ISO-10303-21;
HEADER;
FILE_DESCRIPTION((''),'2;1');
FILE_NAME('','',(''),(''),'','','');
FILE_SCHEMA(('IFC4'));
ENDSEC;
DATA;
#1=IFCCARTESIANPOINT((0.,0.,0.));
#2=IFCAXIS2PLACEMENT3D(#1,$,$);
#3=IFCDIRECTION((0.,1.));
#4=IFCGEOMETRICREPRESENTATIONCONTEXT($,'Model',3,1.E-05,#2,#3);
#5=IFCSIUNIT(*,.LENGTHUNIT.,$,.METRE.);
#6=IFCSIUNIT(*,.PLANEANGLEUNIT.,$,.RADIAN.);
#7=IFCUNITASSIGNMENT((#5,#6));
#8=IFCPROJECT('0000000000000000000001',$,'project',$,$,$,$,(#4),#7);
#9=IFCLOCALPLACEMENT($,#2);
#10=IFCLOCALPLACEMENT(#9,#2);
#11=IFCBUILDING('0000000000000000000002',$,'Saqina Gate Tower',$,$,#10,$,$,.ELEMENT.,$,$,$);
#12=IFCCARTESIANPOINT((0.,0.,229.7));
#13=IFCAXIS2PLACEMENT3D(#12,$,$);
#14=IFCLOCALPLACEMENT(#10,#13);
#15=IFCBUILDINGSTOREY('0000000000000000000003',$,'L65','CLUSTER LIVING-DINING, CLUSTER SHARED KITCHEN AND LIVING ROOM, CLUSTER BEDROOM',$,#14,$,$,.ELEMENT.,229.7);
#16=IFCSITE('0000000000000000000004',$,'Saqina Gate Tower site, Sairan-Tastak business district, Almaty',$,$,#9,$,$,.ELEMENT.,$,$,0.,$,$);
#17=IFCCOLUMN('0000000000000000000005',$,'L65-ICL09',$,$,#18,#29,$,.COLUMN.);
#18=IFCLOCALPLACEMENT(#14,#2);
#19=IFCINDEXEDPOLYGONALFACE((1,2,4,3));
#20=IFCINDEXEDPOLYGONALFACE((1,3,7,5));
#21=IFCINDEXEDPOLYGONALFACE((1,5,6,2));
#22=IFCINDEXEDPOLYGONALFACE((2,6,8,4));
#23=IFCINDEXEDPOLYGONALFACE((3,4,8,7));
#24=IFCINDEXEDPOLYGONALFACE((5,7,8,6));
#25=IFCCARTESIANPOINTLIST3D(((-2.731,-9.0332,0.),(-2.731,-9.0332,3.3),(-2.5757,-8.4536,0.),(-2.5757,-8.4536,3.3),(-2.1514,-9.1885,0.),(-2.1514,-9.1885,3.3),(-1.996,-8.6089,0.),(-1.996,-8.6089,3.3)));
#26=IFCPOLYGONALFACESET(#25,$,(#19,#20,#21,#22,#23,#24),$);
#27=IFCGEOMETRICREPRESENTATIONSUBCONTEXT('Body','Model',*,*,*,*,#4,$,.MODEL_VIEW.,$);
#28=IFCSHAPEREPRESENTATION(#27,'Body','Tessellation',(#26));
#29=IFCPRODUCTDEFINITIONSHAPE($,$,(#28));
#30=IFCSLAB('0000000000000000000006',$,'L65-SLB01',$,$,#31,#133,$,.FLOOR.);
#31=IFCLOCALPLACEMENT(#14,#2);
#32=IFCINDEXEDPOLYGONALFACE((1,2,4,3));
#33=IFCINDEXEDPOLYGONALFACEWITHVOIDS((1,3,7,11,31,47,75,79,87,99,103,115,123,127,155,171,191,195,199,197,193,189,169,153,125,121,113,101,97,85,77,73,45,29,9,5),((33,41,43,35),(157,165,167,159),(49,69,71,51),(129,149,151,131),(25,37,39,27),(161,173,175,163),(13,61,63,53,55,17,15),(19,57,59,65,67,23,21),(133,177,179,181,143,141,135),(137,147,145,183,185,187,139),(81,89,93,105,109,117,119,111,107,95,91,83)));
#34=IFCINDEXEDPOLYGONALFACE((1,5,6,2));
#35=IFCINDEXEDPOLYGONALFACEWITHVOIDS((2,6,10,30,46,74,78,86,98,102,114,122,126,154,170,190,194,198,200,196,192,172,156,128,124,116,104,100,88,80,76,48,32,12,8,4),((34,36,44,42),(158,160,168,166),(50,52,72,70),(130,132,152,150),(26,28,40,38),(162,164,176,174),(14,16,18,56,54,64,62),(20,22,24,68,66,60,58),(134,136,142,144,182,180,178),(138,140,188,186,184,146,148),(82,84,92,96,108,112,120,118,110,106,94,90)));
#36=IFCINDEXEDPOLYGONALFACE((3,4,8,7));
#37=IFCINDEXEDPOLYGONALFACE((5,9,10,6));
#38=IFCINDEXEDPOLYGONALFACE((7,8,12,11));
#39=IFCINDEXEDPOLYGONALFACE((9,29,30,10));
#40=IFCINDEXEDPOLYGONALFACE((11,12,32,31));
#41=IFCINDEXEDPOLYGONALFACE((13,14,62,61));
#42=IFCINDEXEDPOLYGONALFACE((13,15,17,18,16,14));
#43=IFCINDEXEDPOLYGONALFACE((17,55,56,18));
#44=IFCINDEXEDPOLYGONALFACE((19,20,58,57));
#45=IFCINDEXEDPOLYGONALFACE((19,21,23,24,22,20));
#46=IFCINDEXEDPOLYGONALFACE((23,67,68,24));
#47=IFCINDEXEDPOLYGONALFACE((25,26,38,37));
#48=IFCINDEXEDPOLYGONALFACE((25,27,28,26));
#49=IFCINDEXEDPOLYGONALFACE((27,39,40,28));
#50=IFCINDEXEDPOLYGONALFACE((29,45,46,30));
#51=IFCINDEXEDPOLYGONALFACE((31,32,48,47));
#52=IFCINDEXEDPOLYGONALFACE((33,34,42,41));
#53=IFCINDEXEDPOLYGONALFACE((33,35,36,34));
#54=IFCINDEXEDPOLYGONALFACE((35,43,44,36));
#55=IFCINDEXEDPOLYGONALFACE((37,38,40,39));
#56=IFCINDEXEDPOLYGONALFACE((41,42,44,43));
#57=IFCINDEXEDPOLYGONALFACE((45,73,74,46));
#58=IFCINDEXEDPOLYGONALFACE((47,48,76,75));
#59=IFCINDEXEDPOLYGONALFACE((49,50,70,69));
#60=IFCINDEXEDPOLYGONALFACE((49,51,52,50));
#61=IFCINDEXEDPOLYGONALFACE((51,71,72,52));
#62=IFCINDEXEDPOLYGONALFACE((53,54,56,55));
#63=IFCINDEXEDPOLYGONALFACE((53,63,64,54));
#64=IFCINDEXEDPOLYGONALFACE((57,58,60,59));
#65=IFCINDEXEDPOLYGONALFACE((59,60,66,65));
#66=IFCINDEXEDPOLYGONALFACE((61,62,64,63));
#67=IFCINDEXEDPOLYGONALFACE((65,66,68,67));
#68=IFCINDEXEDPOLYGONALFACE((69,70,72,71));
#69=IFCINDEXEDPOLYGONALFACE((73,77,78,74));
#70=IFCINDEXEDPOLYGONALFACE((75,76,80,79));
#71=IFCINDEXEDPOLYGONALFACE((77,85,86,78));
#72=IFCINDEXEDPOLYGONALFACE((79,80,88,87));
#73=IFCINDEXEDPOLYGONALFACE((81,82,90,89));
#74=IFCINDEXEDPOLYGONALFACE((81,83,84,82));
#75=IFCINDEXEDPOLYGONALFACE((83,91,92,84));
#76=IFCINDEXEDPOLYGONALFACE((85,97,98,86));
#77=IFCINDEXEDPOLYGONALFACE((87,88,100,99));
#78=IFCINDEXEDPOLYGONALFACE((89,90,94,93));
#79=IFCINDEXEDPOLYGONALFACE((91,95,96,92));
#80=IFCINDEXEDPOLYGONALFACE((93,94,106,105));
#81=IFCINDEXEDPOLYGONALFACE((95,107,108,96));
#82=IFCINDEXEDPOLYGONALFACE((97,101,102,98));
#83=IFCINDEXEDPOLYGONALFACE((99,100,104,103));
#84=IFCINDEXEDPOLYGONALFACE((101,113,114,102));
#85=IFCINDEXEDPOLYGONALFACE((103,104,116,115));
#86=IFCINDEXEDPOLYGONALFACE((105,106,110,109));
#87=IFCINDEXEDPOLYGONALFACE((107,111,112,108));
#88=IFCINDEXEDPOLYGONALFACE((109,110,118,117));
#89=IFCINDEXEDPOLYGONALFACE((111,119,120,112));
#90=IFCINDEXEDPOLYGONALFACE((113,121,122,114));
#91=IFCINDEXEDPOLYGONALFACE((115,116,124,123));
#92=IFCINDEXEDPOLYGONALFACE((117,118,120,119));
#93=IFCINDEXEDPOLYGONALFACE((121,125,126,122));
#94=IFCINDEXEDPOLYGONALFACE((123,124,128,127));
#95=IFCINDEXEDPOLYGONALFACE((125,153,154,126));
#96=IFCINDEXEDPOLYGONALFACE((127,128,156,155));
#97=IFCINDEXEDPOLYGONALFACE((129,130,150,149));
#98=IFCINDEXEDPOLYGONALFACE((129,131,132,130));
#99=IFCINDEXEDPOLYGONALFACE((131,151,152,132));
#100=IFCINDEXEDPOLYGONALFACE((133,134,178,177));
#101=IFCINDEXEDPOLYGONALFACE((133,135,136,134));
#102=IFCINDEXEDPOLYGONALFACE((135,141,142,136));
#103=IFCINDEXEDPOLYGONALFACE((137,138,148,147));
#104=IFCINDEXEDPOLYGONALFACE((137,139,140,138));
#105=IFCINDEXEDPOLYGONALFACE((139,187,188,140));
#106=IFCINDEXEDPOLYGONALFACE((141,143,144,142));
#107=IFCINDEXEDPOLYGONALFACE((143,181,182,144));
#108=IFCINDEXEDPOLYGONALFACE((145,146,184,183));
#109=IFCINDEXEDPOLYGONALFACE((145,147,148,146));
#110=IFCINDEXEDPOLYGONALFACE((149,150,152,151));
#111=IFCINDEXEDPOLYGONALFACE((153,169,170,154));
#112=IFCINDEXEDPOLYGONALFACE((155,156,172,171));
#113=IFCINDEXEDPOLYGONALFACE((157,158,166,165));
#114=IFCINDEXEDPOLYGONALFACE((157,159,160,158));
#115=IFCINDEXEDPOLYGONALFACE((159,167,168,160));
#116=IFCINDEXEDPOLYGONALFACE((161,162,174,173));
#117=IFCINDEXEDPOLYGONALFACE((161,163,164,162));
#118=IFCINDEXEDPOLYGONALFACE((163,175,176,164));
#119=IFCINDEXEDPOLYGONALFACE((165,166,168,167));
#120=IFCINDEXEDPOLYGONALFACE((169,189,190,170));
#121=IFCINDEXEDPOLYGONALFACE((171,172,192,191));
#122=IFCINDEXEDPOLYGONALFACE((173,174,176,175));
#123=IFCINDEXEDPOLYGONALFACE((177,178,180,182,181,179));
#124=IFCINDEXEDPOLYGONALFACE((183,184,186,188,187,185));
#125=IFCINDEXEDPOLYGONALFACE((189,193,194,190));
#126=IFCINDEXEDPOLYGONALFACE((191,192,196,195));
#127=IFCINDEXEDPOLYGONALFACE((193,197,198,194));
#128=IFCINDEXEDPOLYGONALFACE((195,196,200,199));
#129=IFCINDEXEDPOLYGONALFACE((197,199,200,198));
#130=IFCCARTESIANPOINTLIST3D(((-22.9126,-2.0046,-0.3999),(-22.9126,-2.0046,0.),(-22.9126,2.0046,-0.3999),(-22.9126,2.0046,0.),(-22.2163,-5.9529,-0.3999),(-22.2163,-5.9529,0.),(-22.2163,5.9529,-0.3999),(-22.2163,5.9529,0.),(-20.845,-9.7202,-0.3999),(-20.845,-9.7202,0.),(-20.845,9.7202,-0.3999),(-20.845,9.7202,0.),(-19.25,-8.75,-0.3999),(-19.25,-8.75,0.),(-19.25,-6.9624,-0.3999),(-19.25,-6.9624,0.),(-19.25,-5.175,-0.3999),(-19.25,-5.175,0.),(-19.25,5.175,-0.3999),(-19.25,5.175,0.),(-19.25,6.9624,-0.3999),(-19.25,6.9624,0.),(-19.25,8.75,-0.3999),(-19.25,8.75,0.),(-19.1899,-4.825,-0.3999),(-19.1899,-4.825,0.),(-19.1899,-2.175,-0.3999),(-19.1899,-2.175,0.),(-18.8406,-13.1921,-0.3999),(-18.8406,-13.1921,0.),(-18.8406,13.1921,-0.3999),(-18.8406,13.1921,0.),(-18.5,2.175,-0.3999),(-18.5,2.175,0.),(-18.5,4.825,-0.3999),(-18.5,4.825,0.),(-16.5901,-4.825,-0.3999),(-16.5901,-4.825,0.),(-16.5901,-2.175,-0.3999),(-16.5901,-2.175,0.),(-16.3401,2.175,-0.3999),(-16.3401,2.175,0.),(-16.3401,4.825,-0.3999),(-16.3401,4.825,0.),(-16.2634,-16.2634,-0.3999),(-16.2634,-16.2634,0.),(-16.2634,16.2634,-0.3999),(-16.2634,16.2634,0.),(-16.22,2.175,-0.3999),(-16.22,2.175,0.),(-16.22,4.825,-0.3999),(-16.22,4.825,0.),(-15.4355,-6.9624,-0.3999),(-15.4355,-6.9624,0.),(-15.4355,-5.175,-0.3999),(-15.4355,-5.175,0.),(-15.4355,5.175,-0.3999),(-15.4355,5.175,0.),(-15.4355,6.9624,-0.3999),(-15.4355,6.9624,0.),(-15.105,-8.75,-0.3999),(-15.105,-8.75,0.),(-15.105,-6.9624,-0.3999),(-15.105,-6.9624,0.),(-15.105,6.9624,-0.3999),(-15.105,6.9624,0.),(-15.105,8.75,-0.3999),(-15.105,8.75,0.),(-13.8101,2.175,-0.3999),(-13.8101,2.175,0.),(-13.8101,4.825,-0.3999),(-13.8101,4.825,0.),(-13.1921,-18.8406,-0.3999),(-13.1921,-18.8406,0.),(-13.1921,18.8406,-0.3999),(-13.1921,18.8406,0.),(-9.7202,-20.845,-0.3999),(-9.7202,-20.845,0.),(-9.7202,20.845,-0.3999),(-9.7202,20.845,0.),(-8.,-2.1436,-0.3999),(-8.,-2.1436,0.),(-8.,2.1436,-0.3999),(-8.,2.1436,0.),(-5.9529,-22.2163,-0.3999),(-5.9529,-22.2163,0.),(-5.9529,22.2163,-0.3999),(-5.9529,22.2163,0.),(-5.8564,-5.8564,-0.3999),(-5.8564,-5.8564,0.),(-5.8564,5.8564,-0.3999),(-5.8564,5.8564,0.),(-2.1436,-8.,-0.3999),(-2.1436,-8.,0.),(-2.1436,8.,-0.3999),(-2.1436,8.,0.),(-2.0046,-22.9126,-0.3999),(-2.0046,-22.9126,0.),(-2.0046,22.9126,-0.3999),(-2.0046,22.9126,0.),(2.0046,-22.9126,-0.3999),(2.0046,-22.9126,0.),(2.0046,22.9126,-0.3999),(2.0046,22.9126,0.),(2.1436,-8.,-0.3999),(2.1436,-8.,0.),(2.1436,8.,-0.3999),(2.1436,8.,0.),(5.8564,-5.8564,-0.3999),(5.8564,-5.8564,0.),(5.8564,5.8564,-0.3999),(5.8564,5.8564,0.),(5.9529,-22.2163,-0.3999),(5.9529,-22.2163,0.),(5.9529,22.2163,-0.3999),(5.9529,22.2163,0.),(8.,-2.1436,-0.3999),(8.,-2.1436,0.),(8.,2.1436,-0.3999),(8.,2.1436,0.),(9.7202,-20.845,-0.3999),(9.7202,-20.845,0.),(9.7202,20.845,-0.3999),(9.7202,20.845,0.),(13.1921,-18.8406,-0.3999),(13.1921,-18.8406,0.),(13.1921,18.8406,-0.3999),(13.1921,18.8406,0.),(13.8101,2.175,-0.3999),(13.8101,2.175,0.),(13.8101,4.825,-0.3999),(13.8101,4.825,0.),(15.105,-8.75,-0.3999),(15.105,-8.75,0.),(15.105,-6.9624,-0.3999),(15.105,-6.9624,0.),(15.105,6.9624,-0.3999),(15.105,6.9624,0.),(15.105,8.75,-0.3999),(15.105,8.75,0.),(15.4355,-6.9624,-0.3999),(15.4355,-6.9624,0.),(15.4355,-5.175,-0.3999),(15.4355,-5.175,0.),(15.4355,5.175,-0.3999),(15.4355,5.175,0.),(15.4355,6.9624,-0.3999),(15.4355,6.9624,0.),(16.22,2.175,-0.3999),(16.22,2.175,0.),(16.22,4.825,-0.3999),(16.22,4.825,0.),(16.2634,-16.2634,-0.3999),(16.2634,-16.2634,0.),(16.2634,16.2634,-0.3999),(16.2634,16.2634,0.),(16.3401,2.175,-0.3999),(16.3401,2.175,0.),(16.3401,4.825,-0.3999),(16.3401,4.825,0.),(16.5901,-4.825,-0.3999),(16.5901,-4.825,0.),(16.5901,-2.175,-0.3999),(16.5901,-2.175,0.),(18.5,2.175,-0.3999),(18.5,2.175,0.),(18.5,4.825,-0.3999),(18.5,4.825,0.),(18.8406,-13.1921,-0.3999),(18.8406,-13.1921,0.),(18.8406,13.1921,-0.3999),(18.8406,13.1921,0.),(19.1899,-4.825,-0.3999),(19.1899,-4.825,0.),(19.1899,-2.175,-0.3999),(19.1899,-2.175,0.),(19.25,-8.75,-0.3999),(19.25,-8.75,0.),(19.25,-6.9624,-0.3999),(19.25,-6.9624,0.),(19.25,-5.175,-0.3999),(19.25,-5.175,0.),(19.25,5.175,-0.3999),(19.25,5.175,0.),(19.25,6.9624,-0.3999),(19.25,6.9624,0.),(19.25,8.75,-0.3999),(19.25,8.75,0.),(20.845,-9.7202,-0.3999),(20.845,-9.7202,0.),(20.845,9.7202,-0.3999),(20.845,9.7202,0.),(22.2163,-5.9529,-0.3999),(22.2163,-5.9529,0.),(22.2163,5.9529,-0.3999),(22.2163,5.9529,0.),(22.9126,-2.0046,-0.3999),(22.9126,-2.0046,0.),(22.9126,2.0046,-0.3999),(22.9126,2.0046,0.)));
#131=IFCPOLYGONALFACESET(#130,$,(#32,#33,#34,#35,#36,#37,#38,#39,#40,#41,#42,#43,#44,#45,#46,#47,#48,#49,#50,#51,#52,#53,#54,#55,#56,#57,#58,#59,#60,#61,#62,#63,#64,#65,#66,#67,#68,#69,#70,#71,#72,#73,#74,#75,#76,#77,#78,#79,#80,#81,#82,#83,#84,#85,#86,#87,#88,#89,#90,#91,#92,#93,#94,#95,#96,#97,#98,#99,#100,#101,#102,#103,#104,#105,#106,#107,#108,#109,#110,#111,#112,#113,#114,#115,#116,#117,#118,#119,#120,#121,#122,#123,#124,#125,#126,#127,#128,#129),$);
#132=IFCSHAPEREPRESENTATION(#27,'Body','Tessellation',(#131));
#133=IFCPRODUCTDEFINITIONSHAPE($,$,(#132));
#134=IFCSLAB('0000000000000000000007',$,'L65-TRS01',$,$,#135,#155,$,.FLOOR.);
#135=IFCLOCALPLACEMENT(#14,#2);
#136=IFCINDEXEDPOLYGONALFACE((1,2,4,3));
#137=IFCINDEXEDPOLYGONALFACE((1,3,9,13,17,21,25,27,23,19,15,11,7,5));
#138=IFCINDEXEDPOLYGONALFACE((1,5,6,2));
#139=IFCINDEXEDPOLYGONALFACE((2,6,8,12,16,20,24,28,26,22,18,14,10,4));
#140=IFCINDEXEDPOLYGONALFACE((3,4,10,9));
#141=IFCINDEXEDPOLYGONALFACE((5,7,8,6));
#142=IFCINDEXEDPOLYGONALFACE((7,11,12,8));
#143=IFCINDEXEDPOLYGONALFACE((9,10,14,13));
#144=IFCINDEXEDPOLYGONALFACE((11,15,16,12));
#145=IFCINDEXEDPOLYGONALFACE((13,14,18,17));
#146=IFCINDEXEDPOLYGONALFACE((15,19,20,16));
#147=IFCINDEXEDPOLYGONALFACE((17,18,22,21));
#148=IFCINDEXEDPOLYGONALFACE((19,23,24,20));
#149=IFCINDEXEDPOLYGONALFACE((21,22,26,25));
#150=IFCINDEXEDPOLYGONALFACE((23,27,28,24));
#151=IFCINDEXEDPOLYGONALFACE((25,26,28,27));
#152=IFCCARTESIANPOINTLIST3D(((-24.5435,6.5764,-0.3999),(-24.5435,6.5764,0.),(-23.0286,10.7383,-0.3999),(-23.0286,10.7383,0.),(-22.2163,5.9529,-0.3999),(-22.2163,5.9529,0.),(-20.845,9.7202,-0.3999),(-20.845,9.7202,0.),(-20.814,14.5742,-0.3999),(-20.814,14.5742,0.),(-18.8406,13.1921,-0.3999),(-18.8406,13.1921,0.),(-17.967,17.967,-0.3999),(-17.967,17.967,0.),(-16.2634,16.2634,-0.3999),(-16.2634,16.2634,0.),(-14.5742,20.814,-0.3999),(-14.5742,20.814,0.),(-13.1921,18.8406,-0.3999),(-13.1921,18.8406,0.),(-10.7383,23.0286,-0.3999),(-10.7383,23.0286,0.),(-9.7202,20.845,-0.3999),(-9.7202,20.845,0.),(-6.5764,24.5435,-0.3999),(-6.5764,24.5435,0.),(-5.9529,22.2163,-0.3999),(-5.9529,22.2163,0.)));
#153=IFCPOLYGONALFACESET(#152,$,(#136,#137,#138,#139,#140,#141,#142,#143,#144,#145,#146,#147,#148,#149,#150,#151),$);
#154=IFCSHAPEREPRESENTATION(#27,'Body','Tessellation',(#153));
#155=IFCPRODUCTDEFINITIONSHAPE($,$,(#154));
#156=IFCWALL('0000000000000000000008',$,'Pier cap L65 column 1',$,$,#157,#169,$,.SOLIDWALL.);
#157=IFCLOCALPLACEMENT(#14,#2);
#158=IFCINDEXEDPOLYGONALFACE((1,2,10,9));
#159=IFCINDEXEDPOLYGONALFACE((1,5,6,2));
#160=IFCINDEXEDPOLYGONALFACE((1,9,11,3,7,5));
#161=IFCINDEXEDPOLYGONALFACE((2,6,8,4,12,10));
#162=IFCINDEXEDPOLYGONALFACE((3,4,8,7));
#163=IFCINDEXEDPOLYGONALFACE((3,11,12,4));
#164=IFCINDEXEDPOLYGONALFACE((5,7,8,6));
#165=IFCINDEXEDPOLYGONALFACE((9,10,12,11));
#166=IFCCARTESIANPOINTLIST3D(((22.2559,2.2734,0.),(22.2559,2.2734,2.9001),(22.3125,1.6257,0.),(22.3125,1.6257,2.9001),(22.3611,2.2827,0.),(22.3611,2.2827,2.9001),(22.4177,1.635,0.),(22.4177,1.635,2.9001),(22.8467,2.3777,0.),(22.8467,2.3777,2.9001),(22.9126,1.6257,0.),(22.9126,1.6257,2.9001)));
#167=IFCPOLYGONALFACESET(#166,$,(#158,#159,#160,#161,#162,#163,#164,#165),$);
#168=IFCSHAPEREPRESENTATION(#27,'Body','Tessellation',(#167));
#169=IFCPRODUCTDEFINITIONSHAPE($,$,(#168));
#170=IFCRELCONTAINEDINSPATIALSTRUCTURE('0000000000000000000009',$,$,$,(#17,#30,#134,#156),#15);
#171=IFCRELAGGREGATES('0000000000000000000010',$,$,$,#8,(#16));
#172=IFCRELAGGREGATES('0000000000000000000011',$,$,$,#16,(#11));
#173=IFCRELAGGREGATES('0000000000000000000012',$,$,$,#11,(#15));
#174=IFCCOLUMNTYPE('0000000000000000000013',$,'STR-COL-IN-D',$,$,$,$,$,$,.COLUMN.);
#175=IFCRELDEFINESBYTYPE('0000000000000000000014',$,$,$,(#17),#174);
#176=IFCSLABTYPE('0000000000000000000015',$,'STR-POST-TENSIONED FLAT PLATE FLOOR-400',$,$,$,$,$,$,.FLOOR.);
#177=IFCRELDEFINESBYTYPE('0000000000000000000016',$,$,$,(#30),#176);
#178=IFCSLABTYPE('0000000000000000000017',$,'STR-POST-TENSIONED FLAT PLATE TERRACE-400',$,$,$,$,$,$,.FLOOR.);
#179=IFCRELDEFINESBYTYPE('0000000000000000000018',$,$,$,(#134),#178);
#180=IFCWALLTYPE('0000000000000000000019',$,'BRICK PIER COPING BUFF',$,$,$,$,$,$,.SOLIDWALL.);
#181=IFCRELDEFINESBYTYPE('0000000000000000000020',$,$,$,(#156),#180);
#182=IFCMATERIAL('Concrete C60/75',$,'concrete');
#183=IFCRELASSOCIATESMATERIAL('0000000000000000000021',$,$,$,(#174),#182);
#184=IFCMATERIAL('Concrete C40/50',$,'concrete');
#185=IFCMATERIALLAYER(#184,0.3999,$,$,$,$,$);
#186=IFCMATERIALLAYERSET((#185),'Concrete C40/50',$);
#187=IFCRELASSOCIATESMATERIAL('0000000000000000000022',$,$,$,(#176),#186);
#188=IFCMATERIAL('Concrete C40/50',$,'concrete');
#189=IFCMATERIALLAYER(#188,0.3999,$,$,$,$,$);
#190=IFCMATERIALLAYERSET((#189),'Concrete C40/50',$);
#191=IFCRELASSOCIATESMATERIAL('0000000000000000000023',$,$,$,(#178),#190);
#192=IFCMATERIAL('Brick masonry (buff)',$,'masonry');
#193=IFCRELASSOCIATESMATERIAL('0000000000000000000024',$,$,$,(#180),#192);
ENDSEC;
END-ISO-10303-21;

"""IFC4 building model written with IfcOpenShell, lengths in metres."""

from ifc_helpers import new_model, si_unit, direction, frame, origin, origin_2d, place, context, subcontext, project, spatial, polyline, rectangle, outline, extrude, material, layer, layer_set, material_profile, profile_set, type_object, element, save


model = new_model("IFC4")

# Units and contexts
model_context = context("Model", 3, precision=1e-05, world=origin(), true_north=direction((0.0, 1.0)))
body_context = subcontext(model_context, "Body", "Model", "MODEL_VIEW")
ifc_project = project(units=[si_unit("LENGTHUNIT", "METRE"), si_unit("PLANEANGLEUNIT", "RADIAN")], contexts=[model_context])

# Site, building, storey
site_placement = place(None, origin())
site = spatial("IfcSite", under=ifc_project, at=site_placement, Name="Saqina Gate Tower site, Sairan-Tastak business district, Almaty", CompositionType="ELEMENT", RefElevation=0.0)
building_placement = place(site_placement, origin())
building = spatial("IfcBuilding", under=site, at=building_placement, Name="Saqina Gate Tower", CompositionType="ELEMENT")
storey_placement = place(building_placement, frame((0.0, 0.0, 229.7)))
storey = spatial("IfcBuildingStorey", under=building, at=storey_placement, Name="L65", Description="CLUSTER LIVING-DINING, CLUSTER SHARED KITCHEN AND LIVING ROOM, CLUSTER BEDROOM", CompositionType="ELEMENT", Elevation=229.7)

# Column
ifc_material_1 = material(Name="Concrete C60/75", Category="concrete")
ifc_material_profile = material_profile(ifc_material_1, rectangle(XDim=0.6001, YDim=0.6001, at=origin_2d()), Name="RC 600x600")
ifc_profile_set = profile_set([ifc_material_profile], Name="Concrete C60/75")
column_type = type_object("IfcColumnType", Name="STR-COL-IN-D", PredefinedType="COLUMN", material=ifc_profile_set)
column_placement = place(storey_placement, frame((-2.3635, -8.821, 0.0), z_axis=(0.0, 0.0, 1.0), x_axis=(-0.258819, -0.965926, 0.0)))
element("IfcColumn", 1, at=column_placement, inside=storey, type_object=column_type, Name="L65-ICL09", PredefinedType="COLUMN", context=body_context, shape_type="SweptSolid", body=[
    extrude(rectangle(XDim=0.6001, YDim=0.6001, at=origin_2d()), origin(), (0.0, 0.0, 1.0), 3.3),
])

# Slabs
ifc_material_2 = material(Name="Concrete C40/50", Category="concrete")
ifc_layer_1 = layer(ifc_material_2, 0.3999)
ifc_layer_set_1 = layer_set([ifc_layer_1], Name="Concrete C40/50")
slab_type_1 = type_object("IfcSlabType", Name="STR-POST-TENSIONED FLAT PLATE FLOOR-400", PredefinedType="FLOOR", material=ifc_layer_set_1)
slab_1_placement = place(storey_placement, frame((0.0, 0.0, -0.3999)))
element("IfcSlab", 2, at=slab_1_placement, inside=storey, type_object=slab_type_1, Name="L65-SLB01", PredefinedType="FLOOR", context=body_context, shape_type="SweptSolid", body=[
    extrude(outline(polyline([(22.2163, -5.9529), (22.9126, -2.0046), (22.9126, 2.0046), (22.2163, 5.9529), (20.845, 9.7202), (18.8406, 13.1921), (16.2634, 16.2634), (13.1921, 18.8406), (9.7202, 20.845), (5.9529, 22.2163), (2.0046, 22.9126), (-2.0046, 22.9126), (-5.9529, 22.2163), (-9.7202, 20.845), (-13.1921, 18.8406), (-16.2634, 16.2634), (-18.8406, 13.1921), (-20.845, 9.7202), (-22.2163, 5.9529), (-22.9126, 2.0046), (-22.9126, -2.0046), (-22.2163, -5.9529), (-20.845, -9.7202), (-18.8406, -13.1921), (-16.2634, -16.2634), (-13.1921, -18.8406), (-9.7202, -20.845), (-5.9529, -22.2163), (-2.0046, -22.9126), (2.0046, -22.9126), (5.9529, -22.2163), (9.7202, -20.845), (13.1921, -18.8406), (16.2634, -16.2634), (18.8406, -13.1921), (20.845, -9.7202), (22.2163, -5.9529)]), holes=[polyline([(2.1436, 8.0), (5.8564, 5.8564), (8.0, 2.1436), (8.0, -2.1436), (5.8564, -5.8564), (2.1436, -8.0), (-2.1436, -8.0), (-5.8564, -5.8564), (-8.0, -2.1436), (-8.0, 2.1436), (-5.8564, 5.8564), (-2.1436, 8.0), (2.1436, 8.0)]), polyline([(-15.105, -8.75), (-19.25, -8.75), (-19.25, -6.9624), (-19.25, -5.175), (-15.4355, -5.175), (-15.4355, -6.9624), (-15.105, -6.9624), (-15.105, -8.75)]), polyline([(-16.5901, -2.175), (-16.5901, -4.825), (-19.1899, -4.825), (-19.1899, -2.175), (-16.5901, -2.175)]), polyline([(-16.3401, 4.825), (-16.3401, 2.175), (-18.5, 2.175), (-18.5, 4.825), (-16.3401, 4.825)]), polyline([(-13.8101, 4.825), (-13.8101, 2.175), (-16.22, 2.175), (-16.22, 4.825), (-13.8101, 4.825)]), polyline([(-19.25, 6.9624), (-19.25, 8.75), (-15.105, 8.75), (-15.105, 6.9624), (-15.4355, 6.9624), (-15.4355, 5.175), (-19.25, 5.175), (-19.25, 6.9624)]), polyline([(15.105, -8.75), (15.105, -6.9624), (15.4355, -6.9624), (15.4355, -5.175), (19.25, -5.175), (19.25, -6.9624), (19.25, -8.75), (15.105, -8.75)]), polyline([(19.1899, -2.175), (19.1899, -4.825), (16.5901, -4.825), (16.5901, -2.175), (19.1899, -2.175)]), polyline([(16.22, 4.825), (16.22, 2.175), (13.8101, 2.175), (13.8101, 4.825), (16.22, 4.825)]), polyline([(18.5, 4.825), (18.5, 2.175), (16.3401, 2.175), (16.3401, 4.825), (18.5, 4.825)]), polyline([(15.4355, 6.9624), (15.105, 6.9624), (15.105, 8.75), (19.25, 8.75), (19.25, 6.9624), (19.25, 5.175), (15.4355, 5.175), (15.4355, 6.9624)])]), origin(), (0.0, 0.0, 1.0), 0.3999),
])
ifc_material_3 = material(Name="Concrete C40/50", Category="concrete")
ifc_layer_2 = layer(ifc_material_3, 0.3999)
ifc_layer_set_2 = layer_set([ifc_layer_2], Name="Concrete C40/50")
slab_type_2 = type_object("IfcSlabType", Name="STR-POST-TENSIONED FLAT PLATE TERRACE-400", PredefinedType="FLOOR", material=ifc_layer_set_2)
slab_2_placement = place(storey_placement, frame((0.0, 0.0, -0.3999)))
element("IfcSlab", 3, at=slab_2_placement, inside=storey, type_object=slab_type_2, Name="L65-TRS01", PredefinedType="FLOOR", context=body_context, shape_type="SweptSolid", body=[
    extrude(outline(polyline([(-5.9529, 22.2163), (-9.7202, 20.845), (-13.1921, 18.8406), (-16.2634, 16.2634), (-18.8406, 13.1921), (-20.845, 9.7202), (-22.2163, 5.9529), (-24.5435, 6.5764), (-23.0286, 10.7383), (-20.814, 14.5742), (-17.967, 17.967), (-14.5742, 20.814), (-10.7383, 23.0286), (-6.5764, 24.5435), (-5.9529, 22.2163)])), origin(), (0.0, 0.0, 1.0), 0.3999),
])

# Wall
ifc_material_4 = material(Name="Brick masonry (buff)", Category="masonry")
wall_type_1 = type_object("IfcWallType", Name="BRICK PIER COPING BUFF", PredefinedType="SOLIDWALL", material=ifc_material_4)
wall_1_placement = place(storey_placement, origin())
element("IfcWall", 4, at=wall_1_placement, inside=storey, type_object=wall_type_1, Name="Pier cap L65 column 1", PredefinedType="SOLIDWALL", context=body_context, shape_type="SweptSolid", body=[
    extrude(outline(polyline([(22.9126, 1.6257), (22.8467, 2.3777), (22.2559, 2.2734), (22.3611, 2.2827), (22.4177, 1.635), (22.3125, 1.6257), (22.9126, 1.6257)])), origin(), (0.0, 0.0, 1.0), 2.9001),
])

save(model, "model.ifc")
